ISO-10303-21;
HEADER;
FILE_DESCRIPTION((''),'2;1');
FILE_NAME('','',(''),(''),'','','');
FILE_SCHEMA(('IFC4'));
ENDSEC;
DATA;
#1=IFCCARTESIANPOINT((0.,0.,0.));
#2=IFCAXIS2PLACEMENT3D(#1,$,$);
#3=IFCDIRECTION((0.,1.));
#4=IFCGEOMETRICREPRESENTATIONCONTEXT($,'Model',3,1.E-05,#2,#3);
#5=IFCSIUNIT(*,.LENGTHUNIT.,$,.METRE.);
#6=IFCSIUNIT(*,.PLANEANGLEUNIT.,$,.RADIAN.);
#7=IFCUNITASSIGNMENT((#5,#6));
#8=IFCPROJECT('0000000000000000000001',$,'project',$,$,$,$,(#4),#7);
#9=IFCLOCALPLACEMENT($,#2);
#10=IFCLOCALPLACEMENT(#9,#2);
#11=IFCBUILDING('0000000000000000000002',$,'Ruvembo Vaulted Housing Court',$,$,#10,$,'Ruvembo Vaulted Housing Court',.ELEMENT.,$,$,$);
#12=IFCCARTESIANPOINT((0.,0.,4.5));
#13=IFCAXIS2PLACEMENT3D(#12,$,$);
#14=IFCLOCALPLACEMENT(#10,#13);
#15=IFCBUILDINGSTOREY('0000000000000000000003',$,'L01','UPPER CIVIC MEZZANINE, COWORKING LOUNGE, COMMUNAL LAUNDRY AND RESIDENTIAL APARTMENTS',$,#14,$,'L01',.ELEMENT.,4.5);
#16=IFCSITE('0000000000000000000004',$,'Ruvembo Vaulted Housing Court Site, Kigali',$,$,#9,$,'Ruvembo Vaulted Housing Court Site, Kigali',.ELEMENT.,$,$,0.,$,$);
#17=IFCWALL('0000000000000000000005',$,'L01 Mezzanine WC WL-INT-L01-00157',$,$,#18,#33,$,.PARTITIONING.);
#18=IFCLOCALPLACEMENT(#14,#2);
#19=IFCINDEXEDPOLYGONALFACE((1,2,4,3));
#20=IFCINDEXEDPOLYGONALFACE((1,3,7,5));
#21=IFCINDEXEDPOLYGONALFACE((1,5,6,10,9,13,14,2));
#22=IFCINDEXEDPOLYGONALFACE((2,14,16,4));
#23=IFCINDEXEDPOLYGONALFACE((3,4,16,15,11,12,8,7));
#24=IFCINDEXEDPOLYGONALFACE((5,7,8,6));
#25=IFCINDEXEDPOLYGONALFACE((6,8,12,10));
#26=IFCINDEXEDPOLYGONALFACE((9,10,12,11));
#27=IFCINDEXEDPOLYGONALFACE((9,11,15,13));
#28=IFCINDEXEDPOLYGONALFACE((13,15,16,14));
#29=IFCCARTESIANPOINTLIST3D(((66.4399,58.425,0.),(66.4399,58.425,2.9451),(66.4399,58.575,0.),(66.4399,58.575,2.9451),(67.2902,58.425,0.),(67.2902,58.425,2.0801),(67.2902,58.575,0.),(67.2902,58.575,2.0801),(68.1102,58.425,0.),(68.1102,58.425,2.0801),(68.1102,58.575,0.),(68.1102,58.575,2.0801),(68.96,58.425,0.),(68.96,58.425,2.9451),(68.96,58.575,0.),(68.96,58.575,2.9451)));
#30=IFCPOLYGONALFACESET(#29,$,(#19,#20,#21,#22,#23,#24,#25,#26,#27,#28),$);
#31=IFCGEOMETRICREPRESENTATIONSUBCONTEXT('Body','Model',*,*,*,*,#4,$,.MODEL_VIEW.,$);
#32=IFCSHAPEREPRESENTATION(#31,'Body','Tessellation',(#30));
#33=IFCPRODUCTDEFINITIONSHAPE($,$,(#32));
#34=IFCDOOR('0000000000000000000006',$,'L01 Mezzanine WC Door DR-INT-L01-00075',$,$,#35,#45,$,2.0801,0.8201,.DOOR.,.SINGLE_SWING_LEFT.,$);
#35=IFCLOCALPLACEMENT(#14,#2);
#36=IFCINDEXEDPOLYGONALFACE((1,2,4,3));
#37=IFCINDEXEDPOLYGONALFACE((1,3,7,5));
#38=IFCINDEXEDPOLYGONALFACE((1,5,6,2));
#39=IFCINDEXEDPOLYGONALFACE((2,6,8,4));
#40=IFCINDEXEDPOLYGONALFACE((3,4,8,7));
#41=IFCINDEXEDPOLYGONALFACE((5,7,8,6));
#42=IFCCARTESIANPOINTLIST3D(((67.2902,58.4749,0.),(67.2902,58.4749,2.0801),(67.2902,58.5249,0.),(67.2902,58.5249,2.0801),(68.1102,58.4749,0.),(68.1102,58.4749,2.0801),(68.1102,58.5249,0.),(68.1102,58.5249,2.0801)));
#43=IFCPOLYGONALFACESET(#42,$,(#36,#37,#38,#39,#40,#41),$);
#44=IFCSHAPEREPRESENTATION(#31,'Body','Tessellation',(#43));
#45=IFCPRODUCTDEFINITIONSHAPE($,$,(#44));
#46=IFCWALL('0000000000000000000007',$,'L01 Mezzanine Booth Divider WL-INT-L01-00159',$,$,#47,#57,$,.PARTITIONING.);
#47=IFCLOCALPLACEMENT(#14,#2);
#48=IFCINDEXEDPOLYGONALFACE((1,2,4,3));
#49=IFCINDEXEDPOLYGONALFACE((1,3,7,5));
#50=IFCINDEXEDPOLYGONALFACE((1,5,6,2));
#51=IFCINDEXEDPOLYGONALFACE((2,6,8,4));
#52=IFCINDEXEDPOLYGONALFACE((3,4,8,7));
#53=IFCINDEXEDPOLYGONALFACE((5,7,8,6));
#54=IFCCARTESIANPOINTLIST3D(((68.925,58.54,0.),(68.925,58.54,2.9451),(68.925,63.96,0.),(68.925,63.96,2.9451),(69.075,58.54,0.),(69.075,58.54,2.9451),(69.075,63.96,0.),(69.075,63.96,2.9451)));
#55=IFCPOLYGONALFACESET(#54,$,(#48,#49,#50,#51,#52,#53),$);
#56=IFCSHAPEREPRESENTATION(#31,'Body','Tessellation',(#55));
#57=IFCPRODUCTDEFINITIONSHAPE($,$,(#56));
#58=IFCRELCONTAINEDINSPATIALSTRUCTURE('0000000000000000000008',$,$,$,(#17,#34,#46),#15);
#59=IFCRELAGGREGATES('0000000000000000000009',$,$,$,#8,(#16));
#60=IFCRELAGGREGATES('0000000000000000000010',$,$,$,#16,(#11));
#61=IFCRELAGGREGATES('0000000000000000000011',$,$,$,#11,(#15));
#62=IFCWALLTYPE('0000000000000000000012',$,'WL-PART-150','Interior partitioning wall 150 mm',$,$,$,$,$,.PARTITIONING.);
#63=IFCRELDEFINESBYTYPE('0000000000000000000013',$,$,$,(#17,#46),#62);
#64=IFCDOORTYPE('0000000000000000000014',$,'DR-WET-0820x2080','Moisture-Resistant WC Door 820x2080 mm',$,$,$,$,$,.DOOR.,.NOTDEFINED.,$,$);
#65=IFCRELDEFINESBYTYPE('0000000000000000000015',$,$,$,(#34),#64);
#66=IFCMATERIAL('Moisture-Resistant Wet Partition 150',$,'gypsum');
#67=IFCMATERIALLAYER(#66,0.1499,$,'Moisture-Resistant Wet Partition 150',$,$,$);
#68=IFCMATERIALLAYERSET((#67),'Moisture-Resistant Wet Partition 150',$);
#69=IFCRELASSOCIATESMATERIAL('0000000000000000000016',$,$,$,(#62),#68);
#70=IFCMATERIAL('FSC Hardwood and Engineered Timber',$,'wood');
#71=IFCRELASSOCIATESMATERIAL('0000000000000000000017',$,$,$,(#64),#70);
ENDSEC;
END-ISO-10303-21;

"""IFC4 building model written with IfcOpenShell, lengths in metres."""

from ifc_helpers import new_model, si_unit, direction, frame, frame_2d, origin, place, context, subcontext, project, spatial, rectangle, extrude, material, layer, layer_set, type_object, element, fill, save


model = new_model("IFC4")

# Units and contexts
model_context = context("Model", 3, precision=1e-05, world=origin(), true_north=direction((0.0, 1.0)))
body_context = subcontext(model_context, "Body", "Model", "MODEL_VIEW")
ifc_project = project(units=[si_unit("LENGTHUNIT", "METRE"), si_unit("PLANEANGLEUNIT", "RADIAN")], contexts=[model_context])

# Site, building, storey
site_placement = place(None, origin())
site = spatial("IfcSite", under=ifc_project, at=site_placement, Name="Ruvembo Vaulted Housing Court Site, Kigali", LongName="Ruvembo Vaulted Housing Court Site, Kigali", CompositionType="ELEMENT", RefElevation=0.0)
building_placement = place(site_placement, origin())
building = spatial("IfcBuilding", under=site, at=building_placement, Name="Ruvembo Vaulted Housing Court", LongName="Ruvembo Vaulted Housing Court", CompositionType="ELEMENT")
storey_placement = place(building_placement, frame((0.0, 0.0, 4.5)))
storey = spatial("IfcBuildingStorey", under=building, at=storey_placement, Name="L01", Description="UPPER CIVIC MEZZANINE, COWORKING LOUNGE, COMMUNAL LAUNDRY AND RESIDENTIAL APARTMENTS", LongName="L01", CompositionType="ELEMENT", Elevation=4.5)

# Wall, opening, door
ifc_material_1 = material(Name="FSC Hardwood and Engineered Timber", Category="wood")
ifc_material_2 = material(Name="Moisture-Resistant Wet Partition 150", Category="gypsum")
ifc_layer_1 = layer(ifc_material_2, 0.1499, Name="Moisture-Resistant Wet Partition 150")
ifc_layer_set_1 = layer_set([ifc_layer_1], Name="Moisture-Resistant Wet Partition 150")
wall_type_1 = type_object("IfcWallType", Name="WL-PART-150", Description="Interior partitioning wall 150 mm", PredefinedType="PARTITIONING", material=ifc_layer_set_1)
wall_1_placement = place(storey_placement, frame((66.4399, 58.5, 0.0), z_axis=(0.0, 0.0, 1.0), x_axis=(1.0, 0.0, 0.0)))
wall_1 = element("IfcWall", 1, at=wall_1_placement, inside=storey, type_object=wall_type_1, Name="L01 Mezzanine WC WL-INT-L01-00157", PredefinedType="PARTITIONING", context=body_context, shape_type="SweptSolid", body=[
    extrude(rectangle(XDim=2.52, YDim=0.1499, at=frame_2d((1.26, 0.0))), origin(), (0.0, 0.0, 1.0), 2.9451),
])
opening_1_placement = place(wall_1_placement, frame((0.8501, 0.0, 0.0)))
opening_1 = element("IfcOpeningElement", 2, at=opening_1_placement, cuts=wall_1, PredefinedType="OPENING", context=body_context, shape_type="SweptSolid", body=[
    extrude(rectangle(XDim=0.8201, YDim=2.0801, at=frame_2d((0.4102, 1.04))), frame((0.0, 0.085, 0.0), z_axis=(0.0, -1.0, 0.0), x_axis=(1.0, 0.0, 0.0)), (0.0, 0.0, 1.0), 0.1699),
])
door_type_1 = type_object("IfcDoorType", Name="DR-WET-0820x2080", Description="Moisture-Resistant WC Door 820x2080 mm", OperationType="NOTDEFINED", PredefinedType="DOOR", material=ifc_material_1)
door_1_placement = place(opening_1_placement, origin())
door_1 = element("IfcDoor", 3, at=door_1_placement, inside=storey, type_object=door_type_1, Name="L01 Mezzanine WC Door DR-INT-L01-00075", OperationType="SINGLE_SWING_LEFT", OverallHeight=2.0801, OverallWidth=0.8201, PredefinedType="DOOR", context=body_context, shape_type="SweptSolid", body=[
    extrude(rectangle(XDim=0.8201, YDim=2.0801, at=frame_2d((0.4102, 1.04))), frame((0.0, 0.0249, 0.0), z_axis=(0.0, -1.0, 0.0), x_axis=(1.0, 0.0, 0.0)), (0.0, 0.0, 1.0), 0.05),
])
fill(opening_1, door_1)

# Wall
wall_2_placement = place(storey_placement, frame((69.0, 58.54, 0.0), z_axis=(0.0, 0.0, 1.0), x_axis=(0.0, 1.0, 0.0)))
element("IfcWall", 4, at=wall_2_placement, inside=storey, type_object=wall_type_1, Name="L01 Mezzanine Booth Divider WL-INT-L01-00159", PredefinedType="PARTITIONING", context=body_context, shape_type="SweptSolid", body=[
    extrude(rectangle(XDim=5.4199, YDim=0.1499, at=frame_2d((2.71, 0.0))), origin(), (0.0, 0.0, 1.0), 2.9451),
])

save(model, "model.ifc")
